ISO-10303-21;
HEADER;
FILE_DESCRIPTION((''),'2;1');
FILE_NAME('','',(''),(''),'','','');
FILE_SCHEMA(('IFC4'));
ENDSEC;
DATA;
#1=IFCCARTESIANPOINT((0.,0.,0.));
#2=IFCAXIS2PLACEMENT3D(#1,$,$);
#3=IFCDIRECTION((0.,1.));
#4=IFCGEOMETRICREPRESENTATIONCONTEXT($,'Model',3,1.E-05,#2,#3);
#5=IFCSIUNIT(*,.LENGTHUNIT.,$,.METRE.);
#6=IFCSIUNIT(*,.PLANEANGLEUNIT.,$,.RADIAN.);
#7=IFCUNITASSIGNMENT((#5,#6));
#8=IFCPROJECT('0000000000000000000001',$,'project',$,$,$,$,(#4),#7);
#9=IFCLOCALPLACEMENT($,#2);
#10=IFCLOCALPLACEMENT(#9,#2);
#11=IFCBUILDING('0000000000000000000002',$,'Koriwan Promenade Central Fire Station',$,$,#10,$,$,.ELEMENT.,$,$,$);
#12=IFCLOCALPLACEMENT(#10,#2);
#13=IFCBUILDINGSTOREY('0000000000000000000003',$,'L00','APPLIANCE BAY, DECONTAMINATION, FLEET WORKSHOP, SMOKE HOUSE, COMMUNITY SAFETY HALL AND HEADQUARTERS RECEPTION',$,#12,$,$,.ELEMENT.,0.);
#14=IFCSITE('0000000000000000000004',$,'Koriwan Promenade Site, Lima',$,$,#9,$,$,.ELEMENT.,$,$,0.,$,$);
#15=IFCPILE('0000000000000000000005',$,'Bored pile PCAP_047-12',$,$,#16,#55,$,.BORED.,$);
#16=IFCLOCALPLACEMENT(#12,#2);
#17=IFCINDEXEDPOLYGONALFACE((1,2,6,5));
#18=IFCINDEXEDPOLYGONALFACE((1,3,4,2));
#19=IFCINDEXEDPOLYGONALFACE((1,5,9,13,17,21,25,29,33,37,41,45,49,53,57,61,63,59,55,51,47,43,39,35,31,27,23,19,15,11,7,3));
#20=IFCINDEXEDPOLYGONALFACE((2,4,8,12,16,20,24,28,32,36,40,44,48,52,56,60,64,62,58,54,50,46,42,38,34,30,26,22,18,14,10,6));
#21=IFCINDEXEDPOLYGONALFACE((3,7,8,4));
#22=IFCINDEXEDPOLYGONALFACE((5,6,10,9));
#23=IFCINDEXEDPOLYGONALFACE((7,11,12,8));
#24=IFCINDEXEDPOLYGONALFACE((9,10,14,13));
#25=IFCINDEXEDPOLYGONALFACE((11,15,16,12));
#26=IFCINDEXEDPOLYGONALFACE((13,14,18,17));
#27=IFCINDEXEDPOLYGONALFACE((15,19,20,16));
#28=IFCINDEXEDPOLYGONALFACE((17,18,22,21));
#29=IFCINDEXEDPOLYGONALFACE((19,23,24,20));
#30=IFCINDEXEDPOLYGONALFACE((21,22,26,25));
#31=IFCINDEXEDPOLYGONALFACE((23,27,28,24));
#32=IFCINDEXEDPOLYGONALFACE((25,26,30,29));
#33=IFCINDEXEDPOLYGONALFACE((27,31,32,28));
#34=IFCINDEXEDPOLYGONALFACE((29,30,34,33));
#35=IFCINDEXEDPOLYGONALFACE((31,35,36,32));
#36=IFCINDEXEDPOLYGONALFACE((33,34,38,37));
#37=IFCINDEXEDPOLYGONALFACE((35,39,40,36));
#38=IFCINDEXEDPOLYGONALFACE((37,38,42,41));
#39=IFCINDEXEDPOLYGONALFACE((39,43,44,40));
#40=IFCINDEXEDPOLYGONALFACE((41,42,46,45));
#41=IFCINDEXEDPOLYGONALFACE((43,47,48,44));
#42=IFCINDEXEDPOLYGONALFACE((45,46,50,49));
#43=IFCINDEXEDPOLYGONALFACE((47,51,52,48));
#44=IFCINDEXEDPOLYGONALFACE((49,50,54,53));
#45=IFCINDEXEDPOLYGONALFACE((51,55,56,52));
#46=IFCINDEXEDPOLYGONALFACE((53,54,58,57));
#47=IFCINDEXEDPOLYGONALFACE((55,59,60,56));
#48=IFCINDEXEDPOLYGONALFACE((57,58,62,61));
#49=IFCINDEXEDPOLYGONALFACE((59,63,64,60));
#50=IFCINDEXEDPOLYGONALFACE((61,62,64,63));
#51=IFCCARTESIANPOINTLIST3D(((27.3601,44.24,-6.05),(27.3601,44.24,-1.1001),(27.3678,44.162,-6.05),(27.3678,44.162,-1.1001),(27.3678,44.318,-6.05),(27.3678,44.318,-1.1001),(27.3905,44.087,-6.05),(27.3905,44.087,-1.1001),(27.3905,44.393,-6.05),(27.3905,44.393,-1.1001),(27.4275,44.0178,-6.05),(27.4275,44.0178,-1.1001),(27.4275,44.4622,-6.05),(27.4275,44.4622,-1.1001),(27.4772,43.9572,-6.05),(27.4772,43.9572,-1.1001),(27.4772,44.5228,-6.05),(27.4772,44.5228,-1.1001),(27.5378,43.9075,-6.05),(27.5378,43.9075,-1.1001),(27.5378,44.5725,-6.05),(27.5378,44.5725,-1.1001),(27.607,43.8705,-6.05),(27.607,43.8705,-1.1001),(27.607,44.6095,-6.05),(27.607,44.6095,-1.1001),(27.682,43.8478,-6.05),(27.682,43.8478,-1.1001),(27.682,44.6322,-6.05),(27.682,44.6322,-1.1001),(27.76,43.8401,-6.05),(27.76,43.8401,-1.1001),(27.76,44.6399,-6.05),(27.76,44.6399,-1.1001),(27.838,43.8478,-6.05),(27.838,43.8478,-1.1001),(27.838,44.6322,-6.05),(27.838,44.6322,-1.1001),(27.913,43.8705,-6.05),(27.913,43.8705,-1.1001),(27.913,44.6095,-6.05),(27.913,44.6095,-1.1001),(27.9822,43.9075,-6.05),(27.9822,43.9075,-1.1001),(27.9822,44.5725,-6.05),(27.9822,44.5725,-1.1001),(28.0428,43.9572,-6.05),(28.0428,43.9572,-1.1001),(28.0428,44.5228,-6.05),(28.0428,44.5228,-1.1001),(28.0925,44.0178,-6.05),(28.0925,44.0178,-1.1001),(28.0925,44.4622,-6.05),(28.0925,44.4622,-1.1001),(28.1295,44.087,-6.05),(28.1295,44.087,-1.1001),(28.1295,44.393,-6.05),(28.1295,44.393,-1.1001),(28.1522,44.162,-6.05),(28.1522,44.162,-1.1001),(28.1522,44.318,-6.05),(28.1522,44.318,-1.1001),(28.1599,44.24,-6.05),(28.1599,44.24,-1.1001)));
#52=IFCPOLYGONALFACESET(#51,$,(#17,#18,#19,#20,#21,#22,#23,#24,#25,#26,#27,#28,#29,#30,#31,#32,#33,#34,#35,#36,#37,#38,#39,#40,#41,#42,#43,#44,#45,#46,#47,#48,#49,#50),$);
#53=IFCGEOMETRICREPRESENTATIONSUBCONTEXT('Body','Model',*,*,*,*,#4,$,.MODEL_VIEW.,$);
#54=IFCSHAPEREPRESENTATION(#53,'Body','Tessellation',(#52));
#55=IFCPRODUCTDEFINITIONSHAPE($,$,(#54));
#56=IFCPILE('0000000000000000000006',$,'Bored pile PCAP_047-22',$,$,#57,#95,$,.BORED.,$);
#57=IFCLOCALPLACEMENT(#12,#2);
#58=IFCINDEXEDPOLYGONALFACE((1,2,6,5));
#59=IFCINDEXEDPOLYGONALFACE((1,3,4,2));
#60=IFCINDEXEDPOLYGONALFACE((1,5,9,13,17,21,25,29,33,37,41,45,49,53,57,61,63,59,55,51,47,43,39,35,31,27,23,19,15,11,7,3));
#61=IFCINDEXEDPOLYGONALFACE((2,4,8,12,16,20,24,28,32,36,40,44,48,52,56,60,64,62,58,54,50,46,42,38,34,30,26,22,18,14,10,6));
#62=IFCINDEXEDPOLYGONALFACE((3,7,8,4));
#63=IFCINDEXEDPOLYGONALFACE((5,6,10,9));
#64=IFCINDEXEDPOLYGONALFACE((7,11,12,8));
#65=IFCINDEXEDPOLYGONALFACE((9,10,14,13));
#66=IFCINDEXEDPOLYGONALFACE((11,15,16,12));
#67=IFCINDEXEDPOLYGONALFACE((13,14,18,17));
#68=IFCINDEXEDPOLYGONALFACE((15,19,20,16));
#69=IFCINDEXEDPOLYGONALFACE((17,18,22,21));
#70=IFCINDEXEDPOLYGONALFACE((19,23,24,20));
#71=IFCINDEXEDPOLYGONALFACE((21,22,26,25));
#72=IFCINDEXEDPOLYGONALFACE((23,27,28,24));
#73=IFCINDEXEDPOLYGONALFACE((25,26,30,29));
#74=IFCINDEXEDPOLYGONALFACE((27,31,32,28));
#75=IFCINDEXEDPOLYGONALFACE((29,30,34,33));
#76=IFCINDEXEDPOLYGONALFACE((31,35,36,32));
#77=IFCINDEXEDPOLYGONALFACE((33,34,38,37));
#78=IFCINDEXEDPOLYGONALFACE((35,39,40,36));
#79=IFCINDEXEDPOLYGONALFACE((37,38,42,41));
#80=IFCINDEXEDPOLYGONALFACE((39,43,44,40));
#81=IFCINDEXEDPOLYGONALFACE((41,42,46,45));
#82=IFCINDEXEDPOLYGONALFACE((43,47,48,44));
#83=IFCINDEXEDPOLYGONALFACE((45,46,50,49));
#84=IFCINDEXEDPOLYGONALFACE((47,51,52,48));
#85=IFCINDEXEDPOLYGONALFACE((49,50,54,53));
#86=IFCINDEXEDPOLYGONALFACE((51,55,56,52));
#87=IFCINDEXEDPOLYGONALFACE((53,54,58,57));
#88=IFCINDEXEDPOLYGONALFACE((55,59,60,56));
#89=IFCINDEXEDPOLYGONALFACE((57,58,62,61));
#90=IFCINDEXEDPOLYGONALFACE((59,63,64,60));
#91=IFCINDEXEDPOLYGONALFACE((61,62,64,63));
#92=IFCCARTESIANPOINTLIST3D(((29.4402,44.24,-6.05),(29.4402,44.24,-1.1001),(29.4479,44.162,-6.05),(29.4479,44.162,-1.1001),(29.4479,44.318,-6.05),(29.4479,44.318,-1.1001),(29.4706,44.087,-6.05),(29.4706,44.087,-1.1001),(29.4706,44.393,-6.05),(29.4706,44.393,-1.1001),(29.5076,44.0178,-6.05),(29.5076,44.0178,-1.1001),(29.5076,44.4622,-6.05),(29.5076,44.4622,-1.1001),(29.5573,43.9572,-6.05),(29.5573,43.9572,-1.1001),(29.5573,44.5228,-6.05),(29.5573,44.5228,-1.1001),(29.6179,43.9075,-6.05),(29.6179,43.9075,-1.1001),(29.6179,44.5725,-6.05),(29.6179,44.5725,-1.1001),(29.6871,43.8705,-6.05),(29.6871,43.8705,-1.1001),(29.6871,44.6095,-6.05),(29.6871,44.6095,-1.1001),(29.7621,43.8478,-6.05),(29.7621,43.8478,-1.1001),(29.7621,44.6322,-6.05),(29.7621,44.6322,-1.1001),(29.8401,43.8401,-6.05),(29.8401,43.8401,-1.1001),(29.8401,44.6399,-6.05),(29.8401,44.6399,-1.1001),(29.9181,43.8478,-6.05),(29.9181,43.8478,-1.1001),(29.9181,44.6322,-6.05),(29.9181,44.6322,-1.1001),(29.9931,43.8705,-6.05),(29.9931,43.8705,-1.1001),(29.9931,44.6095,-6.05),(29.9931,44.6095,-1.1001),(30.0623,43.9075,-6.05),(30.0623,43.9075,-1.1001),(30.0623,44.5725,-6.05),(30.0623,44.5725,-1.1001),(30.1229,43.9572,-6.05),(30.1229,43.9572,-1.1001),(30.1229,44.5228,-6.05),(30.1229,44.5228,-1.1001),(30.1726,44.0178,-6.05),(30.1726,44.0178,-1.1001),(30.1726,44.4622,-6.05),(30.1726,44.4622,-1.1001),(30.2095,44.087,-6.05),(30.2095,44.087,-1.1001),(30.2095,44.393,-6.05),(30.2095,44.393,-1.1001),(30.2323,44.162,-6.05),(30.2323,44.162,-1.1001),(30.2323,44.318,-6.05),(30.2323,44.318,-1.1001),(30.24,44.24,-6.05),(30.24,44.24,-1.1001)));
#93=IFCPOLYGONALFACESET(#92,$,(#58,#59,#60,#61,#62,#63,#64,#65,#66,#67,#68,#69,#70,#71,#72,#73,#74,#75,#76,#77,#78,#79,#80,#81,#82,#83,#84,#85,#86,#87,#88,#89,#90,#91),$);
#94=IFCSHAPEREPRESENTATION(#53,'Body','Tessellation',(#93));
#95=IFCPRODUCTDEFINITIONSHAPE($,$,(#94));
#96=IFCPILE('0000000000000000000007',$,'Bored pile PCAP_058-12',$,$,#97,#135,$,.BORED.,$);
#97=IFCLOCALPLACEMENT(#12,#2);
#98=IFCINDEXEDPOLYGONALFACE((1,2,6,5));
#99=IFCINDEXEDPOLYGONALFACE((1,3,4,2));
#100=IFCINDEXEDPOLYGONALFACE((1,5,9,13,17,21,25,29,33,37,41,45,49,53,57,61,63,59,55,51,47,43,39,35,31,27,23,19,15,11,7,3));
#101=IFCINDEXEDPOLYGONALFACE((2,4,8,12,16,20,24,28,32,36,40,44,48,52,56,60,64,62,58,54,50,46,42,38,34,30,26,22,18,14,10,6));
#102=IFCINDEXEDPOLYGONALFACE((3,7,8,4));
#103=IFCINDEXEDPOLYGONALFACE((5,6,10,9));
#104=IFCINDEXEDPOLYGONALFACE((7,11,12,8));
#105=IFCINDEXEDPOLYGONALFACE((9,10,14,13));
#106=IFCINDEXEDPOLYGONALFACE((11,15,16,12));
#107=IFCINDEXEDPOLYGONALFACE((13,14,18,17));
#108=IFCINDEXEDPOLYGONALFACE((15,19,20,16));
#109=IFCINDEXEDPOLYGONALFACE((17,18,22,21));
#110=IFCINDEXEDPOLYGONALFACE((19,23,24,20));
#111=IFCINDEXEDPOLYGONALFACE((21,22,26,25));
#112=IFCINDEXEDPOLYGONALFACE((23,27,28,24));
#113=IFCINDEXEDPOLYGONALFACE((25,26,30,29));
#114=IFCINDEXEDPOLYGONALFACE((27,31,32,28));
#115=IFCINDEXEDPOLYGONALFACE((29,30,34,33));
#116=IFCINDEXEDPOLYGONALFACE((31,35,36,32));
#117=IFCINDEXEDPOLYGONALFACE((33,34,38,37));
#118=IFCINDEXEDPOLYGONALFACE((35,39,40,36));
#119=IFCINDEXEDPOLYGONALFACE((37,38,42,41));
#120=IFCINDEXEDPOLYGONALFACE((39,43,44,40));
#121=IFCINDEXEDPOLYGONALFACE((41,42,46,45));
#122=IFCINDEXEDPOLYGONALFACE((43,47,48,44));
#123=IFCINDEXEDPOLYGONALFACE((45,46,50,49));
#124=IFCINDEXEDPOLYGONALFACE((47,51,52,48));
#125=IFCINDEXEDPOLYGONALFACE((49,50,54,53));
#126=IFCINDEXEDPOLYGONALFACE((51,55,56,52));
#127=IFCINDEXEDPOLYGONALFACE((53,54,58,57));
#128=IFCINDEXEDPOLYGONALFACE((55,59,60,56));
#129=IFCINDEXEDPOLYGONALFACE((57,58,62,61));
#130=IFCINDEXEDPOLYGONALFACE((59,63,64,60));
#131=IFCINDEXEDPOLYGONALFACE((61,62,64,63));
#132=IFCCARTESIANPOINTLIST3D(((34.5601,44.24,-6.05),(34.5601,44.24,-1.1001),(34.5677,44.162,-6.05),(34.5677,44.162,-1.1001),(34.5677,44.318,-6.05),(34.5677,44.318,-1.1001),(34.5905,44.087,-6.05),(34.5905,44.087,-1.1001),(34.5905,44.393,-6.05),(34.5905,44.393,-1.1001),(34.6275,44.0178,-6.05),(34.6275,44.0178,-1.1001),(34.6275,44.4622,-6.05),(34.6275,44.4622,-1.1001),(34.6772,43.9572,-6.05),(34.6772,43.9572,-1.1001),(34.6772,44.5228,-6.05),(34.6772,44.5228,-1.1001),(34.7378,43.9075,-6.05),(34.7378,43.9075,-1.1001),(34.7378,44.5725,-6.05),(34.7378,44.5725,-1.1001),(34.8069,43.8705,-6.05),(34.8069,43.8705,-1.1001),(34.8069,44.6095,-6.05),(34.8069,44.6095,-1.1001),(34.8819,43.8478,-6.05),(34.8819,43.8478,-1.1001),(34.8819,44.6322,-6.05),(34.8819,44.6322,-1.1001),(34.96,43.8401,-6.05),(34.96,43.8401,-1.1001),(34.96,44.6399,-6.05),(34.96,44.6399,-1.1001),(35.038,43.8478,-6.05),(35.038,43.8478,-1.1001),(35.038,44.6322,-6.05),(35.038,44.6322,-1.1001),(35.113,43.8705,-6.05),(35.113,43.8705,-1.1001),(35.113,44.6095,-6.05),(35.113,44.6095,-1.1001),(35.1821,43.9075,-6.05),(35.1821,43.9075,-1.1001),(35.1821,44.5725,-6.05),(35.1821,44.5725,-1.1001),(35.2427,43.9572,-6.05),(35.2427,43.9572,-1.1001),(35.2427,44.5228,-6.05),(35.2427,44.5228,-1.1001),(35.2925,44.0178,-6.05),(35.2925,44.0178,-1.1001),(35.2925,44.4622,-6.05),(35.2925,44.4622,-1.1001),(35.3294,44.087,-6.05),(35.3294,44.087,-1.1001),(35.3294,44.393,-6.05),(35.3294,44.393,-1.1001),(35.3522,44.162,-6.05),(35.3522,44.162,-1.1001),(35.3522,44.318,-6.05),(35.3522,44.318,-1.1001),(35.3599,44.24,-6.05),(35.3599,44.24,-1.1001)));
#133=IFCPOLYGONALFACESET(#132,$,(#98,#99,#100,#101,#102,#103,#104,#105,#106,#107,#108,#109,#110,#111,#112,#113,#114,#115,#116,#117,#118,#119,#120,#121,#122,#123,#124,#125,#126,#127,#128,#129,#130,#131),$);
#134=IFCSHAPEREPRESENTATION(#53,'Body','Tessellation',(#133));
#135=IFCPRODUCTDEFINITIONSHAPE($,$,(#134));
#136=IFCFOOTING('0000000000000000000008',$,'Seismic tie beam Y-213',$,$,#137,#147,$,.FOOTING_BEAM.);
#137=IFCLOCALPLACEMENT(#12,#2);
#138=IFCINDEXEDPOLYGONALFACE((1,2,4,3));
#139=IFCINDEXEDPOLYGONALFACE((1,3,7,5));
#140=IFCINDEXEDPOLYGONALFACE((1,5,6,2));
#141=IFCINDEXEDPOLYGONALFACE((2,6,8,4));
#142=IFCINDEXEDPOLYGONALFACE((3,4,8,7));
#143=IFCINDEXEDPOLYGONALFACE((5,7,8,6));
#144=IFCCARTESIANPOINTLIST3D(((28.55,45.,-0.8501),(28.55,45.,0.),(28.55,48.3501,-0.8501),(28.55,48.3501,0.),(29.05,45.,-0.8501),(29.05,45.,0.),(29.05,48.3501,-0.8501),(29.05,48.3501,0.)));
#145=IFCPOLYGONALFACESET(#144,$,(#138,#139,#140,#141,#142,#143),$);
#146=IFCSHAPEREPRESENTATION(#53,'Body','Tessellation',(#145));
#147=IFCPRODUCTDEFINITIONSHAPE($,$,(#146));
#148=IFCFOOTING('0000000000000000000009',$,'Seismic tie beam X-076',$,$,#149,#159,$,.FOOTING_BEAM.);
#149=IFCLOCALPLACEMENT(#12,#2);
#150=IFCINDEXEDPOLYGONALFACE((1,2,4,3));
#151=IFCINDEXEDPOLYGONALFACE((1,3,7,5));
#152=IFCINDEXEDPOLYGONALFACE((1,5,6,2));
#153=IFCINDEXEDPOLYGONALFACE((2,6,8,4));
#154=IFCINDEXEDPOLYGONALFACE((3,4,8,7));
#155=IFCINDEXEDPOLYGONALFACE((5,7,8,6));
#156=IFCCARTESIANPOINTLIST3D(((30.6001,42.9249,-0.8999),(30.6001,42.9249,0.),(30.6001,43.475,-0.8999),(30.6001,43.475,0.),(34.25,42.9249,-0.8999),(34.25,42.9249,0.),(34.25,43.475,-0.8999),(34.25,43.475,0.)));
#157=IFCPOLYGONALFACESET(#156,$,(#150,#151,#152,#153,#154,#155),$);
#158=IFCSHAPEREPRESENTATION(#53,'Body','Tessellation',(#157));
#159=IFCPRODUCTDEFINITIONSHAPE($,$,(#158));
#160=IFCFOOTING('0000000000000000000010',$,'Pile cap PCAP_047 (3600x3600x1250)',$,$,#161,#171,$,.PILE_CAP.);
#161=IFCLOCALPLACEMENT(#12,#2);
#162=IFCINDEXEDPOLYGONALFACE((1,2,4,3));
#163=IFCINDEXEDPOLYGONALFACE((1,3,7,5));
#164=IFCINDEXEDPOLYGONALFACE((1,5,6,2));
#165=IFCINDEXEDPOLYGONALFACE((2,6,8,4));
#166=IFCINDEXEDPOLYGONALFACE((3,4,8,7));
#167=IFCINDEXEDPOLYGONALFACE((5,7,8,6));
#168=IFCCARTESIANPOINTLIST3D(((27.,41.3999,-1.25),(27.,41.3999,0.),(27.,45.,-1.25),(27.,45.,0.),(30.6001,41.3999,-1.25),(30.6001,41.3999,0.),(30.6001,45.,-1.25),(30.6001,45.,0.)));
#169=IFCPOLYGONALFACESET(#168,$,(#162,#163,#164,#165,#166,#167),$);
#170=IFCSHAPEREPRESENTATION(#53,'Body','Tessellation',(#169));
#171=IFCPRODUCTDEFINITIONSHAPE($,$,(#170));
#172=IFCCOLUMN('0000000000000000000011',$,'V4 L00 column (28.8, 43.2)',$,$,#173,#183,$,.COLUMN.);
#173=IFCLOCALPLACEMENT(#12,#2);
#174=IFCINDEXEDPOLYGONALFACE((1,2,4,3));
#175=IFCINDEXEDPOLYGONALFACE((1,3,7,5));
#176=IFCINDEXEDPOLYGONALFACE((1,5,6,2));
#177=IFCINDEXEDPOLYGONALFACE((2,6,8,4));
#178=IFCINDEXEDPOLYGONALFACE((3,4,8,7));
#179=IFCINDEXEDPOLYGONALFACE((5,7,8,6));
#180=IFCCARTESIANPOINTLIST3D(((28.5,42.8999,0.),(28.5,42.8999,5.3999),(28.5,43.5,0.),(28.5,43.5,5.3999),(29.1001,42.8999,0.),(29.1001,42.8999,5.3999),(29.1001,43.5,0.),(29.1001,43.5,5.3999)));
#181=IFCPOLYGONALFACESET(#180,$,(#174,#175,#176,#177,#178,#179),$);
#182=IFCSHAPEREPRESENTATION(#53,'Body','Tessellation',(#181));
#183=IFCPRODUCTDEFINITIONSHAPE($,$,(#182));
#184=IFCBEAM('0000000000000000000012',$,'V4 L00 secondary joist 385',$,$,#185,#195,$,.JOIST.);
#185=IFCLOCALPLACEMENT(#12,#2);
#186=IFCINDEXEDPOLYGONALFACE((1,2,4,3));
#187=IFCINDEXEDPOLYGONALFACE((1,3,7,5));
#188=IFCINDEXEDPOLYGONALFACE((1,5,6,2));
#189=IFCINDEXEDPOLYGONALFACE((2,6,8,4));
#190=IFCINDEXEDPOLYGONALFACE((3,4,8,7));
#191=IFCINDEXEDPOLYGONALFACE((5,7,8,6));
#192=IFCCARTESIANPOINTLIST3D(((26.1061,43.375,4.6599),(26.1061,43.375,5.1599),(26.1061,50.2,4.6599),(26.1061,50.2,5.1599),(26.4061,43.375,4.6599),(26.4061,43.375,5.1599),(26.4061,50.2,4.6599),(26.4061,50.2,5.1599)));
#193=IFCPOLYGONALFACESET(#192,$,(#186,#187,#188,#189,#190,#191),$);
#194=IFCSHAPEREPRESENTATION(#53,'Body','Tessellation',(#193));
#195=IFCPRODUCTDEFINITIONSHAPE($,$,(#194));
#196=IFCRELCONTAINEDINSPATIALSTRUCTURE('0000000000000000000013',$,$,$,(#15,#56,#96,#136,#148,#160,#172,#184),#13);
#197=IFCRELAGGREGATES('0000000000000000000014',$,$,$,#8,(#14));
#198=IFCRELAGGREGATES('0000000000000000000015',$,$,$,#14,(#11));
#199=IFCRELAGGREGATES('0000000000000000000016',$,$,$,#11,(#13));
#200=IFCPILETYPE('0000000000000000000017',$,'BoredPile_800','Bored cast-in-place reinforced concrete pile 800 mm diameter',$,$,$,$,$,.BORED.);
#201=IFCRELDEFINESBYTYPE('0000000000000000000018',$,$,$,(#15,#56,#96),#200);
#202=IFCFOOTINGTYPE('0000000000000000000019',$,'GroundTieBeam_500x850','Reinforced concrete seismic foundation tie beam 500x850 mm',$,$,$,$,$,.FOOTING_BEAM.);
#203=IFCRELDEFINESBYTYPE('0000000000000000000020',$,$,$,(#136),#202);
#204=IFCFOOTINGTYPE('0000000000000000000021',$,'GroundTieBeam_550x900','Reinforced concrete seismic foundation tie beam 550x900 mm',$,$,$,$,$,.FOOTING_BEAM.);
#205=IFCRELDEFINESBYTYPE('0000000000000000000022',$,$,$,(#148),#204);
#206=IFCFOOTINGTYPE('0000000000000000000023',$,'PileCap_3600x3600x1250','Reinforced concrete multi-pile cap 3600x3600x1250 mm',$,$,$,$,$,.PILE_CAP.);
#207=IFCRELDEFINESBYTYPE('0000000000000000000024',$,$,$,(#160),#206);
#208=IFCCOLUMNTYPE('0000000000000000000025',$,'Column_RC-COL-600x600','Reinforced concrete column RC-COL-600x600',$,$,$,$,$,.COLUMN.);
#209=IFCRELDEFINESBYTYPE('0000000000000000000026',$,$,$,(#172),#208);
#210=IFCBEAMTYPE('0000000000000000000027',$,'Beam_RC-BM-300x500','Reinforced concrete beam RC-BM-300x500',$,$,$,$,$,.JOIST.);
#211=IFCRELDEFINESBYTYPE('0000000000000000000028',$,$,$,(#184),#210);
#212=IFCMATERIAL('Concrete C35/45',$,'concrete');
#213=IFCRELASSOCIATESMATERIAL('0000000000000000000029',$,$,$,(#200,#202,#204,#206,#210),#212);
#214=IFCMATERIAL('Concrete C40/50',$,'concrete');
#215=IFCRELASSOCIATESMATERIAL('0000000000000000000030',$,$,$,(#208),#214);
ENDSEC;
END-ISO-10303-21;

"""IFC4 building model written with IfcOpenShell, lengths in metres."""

from ifc_helpers import new_model, si_unit, direction, frame, origin, origin_2d, place, context, subcontext, project, spatial, rectangle, circle, extrude, material, material_profile, profile_set, type_object, element, save


model = new_model("IFC4")

# Units and contexts
model_context = context("Model", 3, precision=1e-05, world=origin(), true_north=direction((0.0, 1.0)))
body_context = subcontext(model_context, "Body", "Model", "MODEL_VIEW")
ifc_project = project(units=[si_unit("LENGTHUNIT", "METRE"), si_unit("PLANEANGLEUNIT", "RADIAN")], contexts=[model_context])

# Site, building, storey
site_placement = place(None, origin())
site = spatial("IfcSite", under=ifc_project, at=site_placement, Name="Koriwan Promenade Site, Lima", CompositionType="ELEMENT", RefElevation=0.0)
building_placement = place(site_placement, origin())
building = spatial("IfcBuilding", under=site, at=building_placement, Name="Koriwan Promenade Central Fire Station", CompositionType="ELEMENT")
storey_placement = place(building_placement, origin())
storey = spatial("IfcBuildingStorey", under=building, at=storey_placement, Name="L00", Description="APPLIANCE BAY, DECONTAMINATION, FLEET WORKSHOP, SMOKE HOUSE, COMMUNITY SAFETY HALL AND HEADQUARTERS RECEPTION", CompositionType="ELEMENT", Elevation=0.0)

# Piles
ifc_material_1 = material(Name="Concrete C35/45", Category="concrete")
ifc_material_profile_1 = material_profile(ifc_material_1, circle(Radius=0.3999, at=origin_2d()), Name="PILE-D800")
ifc_profile_set_1 = profile_set([ifc_material_profile_1], Name="Concrete C35/45")
pile_type = type_object("IfcPileType", Name="BoredPile_800", Description="Bored cast-in-place reinforced concrete pile 800 mm diameter", PredefinedType="BORED", material=ifc_profile_set_1)
for number, where, z_axis, x_axis, name in (
    (1, (27.76, 44.24, -1.1001), (0.0, 0.0, -1.0), (1.0, 0.0, 0.0), "Bored pile PCAP_047-12"),
    (2, (29.8401, 44.24, -1.1001), (0.0, 0.0, -1.0), (1.0, 0.0, 0.0), "Bored pile PCAP_047-22"),
    (3, (34.96, 44.24, -1.1001), (0.0, 0.0, -1.0), (1.0, 0.0, 0.0), "Bored pile PCAP_058-12"),
):
    element("IfcPile", number, at=place(storey_placement, frame(where, z_axis=z_axis, x_axis=x_axis)), inside=storey, type_object=pile_type, Name=name, PredefinedType="BORED", context=body_context, shape_type="SweptSolid", body=[
        extrude(circle(Radius=0.3999, at=origin_2d()), origin(), (0.0, 0.0, 1.0), 4.95),
    ])

# Footings
footing_type_1 = type_object("IfcFootingType", Name="GroundTieBeam_500x850", Description="Reinforced concrete seismic foundation tie beam 500x850 mm", PredefinedType="FOOTING_BEAM", material=ifc_material_1)
footing_1_placement = place(storey_placement, frame((28.8, 46.675, -0.8501), z_axis=(0.0, 0.0, 1.0), x_axis=(0.0, 1.0, 0.0)))
element("IfcFooting", 4, at=footing_1_placement, inside=storey, type_object=footing_type_1, Name="Seismic tie beam Y-213", PredefinedType="FOOTING_BEAM", context=body_context, shape_type="SweptSolid", body=[
    extrude(rectangle(XDim=3.3501, YDim=0.5, at=origin_2d()), origin(), (0.0, 0.0, 1.0), 0.8501),
])
footing_type_2 = type_object("IfcFootingType", Name="GroundTieBeam_550x900", Description="Reinforced concrete seismic foundation tie beam 550x900 mm", PredefinedType="FOOTING_BEAM", material=ifc_material_1)
footing_2_placement = place(storey_placement, frame((32.425, 43.2, -0.8999), z_axis=(0.0, 0.0, 1.0), x_axis=(1.0, 0.0, 0.0)))
element("IfcFooting", 5, at=footing_2_placement, inside=storey, type_object=footing_type_2, Name="Seismic tie beam X-076", PredefinedType="FOOTING_BEAM", context=body_context, shape_type="SweptSolid", body=[
    extrude(rectangle(XDim=3.6499, YDim=0.55, at=origin_2d()), origin(), (0.0, 0.0, 1.0), 0.8999),
])
footing_type_3 = type_object("IfcFootingType", Name="PileCap_3600x3600x1250", Description="Reinforced concrete multi-pile cap 3600x3600x1250 mm", PredefinedType="PILE_CAP", material=ifc_material_1)
footing_3_placement = place(storey_placement, frame((28.8, 43.2, -1.25), z_axis=(0.0, 0.0, 1.0), x_axis=(1.0, 0.0, 0.0)))
element("IfcFooting", 6, at=footing_3_placement, inside=storey, type_object=footing_type_3, Name="Pile cap PCAP_047 (3600x3600x1250)", PredefinedType="PILE_CAP", context=body_context, shape_type="SweptSolid", body=[
    extrude(rectangle(XDim=3.6001, YDim=3.6001, at=origin_2d()), origin(), (0.0, 0.0, 1.0), 1.25),
])

# Column
ifc_material_2 = material(Name="Concrete C40/50", Category="concrete")
ifc_material_profile_2 = material_profile(ifc_material_2, rectangle(XDim=0.6001, YDim=0.6001, at=origin_2d()), Name="RC-COL-600x600")
ifc_profile_set_2 = profile_set([ifc_material_profile_2], Name="Concrete C40/50")
column_type = type_object("IfcColumnType", Name="Column_RC-COL-600x600", Description="Reinforced concrete column RC-COL-600x600", PredefinedType="COLUMN", material=ifc_profile_set_2)
column_placement = place(storey_placement, frame((28.8, 43.2, 0.0), z_axis=(0.0, 0.0, 1.0), x_axis=(1.0, 0.0, 0.0)))
element("IfcColumn", 7, at=column_placement, inside=storey, type_object=column_type, Name="V4 L00 column (28.8, 43.2)", PredefinedType="COLUMN", context=body_context, shape_type="SweptSolid", body=[
    extrude(rectangle(XDim=0.6001, YDim=0.6001, at=origin_2d()), origin(), (0.0, 0.0, 1.0), 5.3999),
])

# Beam
ifc_material_profile_3 = material_profile(ifc_material_1, rectangle(XDim=0.3, YDim=0.5, at=origin_2d()), Name="RC-BM-300x500")
ifc_profile_set_3 = profile_set([ifc_material_profile_3], Name="Concrete C35/45")
beam_type_1 = type_object("IfcBeamType", Name="Beam_RC-BM-300x500", Description="Reinforced concrete beam RC-BM-300x500", PredefinedType="JOIST", material=ifc_profile_set_3)
for number, where, z_axis, x_axis, name in (
    (8, (26.2561, 43.375, 4.9099), (0.0, 1.0, 0.0), (-1.0, 0.0, 0.0), "V4 L00 secondary joist 385"),
):
    element("IfcBeam", number, at=place(storey_placement, frame(where, z_axis=z_axis, x_axis=x_axis)), inside=storey, type_object=beam_type_1, Name=name, PredefinedType="JOIST", context=body_context, shape_type="SweptSolid", body=[
        extrude(rectangle(XDim=0.3, YDim=0.5, at=origin_2d()), origin(), (0.0, 0.0, 1.0), 6.825),
    ])

save(model, "model.ifc")
